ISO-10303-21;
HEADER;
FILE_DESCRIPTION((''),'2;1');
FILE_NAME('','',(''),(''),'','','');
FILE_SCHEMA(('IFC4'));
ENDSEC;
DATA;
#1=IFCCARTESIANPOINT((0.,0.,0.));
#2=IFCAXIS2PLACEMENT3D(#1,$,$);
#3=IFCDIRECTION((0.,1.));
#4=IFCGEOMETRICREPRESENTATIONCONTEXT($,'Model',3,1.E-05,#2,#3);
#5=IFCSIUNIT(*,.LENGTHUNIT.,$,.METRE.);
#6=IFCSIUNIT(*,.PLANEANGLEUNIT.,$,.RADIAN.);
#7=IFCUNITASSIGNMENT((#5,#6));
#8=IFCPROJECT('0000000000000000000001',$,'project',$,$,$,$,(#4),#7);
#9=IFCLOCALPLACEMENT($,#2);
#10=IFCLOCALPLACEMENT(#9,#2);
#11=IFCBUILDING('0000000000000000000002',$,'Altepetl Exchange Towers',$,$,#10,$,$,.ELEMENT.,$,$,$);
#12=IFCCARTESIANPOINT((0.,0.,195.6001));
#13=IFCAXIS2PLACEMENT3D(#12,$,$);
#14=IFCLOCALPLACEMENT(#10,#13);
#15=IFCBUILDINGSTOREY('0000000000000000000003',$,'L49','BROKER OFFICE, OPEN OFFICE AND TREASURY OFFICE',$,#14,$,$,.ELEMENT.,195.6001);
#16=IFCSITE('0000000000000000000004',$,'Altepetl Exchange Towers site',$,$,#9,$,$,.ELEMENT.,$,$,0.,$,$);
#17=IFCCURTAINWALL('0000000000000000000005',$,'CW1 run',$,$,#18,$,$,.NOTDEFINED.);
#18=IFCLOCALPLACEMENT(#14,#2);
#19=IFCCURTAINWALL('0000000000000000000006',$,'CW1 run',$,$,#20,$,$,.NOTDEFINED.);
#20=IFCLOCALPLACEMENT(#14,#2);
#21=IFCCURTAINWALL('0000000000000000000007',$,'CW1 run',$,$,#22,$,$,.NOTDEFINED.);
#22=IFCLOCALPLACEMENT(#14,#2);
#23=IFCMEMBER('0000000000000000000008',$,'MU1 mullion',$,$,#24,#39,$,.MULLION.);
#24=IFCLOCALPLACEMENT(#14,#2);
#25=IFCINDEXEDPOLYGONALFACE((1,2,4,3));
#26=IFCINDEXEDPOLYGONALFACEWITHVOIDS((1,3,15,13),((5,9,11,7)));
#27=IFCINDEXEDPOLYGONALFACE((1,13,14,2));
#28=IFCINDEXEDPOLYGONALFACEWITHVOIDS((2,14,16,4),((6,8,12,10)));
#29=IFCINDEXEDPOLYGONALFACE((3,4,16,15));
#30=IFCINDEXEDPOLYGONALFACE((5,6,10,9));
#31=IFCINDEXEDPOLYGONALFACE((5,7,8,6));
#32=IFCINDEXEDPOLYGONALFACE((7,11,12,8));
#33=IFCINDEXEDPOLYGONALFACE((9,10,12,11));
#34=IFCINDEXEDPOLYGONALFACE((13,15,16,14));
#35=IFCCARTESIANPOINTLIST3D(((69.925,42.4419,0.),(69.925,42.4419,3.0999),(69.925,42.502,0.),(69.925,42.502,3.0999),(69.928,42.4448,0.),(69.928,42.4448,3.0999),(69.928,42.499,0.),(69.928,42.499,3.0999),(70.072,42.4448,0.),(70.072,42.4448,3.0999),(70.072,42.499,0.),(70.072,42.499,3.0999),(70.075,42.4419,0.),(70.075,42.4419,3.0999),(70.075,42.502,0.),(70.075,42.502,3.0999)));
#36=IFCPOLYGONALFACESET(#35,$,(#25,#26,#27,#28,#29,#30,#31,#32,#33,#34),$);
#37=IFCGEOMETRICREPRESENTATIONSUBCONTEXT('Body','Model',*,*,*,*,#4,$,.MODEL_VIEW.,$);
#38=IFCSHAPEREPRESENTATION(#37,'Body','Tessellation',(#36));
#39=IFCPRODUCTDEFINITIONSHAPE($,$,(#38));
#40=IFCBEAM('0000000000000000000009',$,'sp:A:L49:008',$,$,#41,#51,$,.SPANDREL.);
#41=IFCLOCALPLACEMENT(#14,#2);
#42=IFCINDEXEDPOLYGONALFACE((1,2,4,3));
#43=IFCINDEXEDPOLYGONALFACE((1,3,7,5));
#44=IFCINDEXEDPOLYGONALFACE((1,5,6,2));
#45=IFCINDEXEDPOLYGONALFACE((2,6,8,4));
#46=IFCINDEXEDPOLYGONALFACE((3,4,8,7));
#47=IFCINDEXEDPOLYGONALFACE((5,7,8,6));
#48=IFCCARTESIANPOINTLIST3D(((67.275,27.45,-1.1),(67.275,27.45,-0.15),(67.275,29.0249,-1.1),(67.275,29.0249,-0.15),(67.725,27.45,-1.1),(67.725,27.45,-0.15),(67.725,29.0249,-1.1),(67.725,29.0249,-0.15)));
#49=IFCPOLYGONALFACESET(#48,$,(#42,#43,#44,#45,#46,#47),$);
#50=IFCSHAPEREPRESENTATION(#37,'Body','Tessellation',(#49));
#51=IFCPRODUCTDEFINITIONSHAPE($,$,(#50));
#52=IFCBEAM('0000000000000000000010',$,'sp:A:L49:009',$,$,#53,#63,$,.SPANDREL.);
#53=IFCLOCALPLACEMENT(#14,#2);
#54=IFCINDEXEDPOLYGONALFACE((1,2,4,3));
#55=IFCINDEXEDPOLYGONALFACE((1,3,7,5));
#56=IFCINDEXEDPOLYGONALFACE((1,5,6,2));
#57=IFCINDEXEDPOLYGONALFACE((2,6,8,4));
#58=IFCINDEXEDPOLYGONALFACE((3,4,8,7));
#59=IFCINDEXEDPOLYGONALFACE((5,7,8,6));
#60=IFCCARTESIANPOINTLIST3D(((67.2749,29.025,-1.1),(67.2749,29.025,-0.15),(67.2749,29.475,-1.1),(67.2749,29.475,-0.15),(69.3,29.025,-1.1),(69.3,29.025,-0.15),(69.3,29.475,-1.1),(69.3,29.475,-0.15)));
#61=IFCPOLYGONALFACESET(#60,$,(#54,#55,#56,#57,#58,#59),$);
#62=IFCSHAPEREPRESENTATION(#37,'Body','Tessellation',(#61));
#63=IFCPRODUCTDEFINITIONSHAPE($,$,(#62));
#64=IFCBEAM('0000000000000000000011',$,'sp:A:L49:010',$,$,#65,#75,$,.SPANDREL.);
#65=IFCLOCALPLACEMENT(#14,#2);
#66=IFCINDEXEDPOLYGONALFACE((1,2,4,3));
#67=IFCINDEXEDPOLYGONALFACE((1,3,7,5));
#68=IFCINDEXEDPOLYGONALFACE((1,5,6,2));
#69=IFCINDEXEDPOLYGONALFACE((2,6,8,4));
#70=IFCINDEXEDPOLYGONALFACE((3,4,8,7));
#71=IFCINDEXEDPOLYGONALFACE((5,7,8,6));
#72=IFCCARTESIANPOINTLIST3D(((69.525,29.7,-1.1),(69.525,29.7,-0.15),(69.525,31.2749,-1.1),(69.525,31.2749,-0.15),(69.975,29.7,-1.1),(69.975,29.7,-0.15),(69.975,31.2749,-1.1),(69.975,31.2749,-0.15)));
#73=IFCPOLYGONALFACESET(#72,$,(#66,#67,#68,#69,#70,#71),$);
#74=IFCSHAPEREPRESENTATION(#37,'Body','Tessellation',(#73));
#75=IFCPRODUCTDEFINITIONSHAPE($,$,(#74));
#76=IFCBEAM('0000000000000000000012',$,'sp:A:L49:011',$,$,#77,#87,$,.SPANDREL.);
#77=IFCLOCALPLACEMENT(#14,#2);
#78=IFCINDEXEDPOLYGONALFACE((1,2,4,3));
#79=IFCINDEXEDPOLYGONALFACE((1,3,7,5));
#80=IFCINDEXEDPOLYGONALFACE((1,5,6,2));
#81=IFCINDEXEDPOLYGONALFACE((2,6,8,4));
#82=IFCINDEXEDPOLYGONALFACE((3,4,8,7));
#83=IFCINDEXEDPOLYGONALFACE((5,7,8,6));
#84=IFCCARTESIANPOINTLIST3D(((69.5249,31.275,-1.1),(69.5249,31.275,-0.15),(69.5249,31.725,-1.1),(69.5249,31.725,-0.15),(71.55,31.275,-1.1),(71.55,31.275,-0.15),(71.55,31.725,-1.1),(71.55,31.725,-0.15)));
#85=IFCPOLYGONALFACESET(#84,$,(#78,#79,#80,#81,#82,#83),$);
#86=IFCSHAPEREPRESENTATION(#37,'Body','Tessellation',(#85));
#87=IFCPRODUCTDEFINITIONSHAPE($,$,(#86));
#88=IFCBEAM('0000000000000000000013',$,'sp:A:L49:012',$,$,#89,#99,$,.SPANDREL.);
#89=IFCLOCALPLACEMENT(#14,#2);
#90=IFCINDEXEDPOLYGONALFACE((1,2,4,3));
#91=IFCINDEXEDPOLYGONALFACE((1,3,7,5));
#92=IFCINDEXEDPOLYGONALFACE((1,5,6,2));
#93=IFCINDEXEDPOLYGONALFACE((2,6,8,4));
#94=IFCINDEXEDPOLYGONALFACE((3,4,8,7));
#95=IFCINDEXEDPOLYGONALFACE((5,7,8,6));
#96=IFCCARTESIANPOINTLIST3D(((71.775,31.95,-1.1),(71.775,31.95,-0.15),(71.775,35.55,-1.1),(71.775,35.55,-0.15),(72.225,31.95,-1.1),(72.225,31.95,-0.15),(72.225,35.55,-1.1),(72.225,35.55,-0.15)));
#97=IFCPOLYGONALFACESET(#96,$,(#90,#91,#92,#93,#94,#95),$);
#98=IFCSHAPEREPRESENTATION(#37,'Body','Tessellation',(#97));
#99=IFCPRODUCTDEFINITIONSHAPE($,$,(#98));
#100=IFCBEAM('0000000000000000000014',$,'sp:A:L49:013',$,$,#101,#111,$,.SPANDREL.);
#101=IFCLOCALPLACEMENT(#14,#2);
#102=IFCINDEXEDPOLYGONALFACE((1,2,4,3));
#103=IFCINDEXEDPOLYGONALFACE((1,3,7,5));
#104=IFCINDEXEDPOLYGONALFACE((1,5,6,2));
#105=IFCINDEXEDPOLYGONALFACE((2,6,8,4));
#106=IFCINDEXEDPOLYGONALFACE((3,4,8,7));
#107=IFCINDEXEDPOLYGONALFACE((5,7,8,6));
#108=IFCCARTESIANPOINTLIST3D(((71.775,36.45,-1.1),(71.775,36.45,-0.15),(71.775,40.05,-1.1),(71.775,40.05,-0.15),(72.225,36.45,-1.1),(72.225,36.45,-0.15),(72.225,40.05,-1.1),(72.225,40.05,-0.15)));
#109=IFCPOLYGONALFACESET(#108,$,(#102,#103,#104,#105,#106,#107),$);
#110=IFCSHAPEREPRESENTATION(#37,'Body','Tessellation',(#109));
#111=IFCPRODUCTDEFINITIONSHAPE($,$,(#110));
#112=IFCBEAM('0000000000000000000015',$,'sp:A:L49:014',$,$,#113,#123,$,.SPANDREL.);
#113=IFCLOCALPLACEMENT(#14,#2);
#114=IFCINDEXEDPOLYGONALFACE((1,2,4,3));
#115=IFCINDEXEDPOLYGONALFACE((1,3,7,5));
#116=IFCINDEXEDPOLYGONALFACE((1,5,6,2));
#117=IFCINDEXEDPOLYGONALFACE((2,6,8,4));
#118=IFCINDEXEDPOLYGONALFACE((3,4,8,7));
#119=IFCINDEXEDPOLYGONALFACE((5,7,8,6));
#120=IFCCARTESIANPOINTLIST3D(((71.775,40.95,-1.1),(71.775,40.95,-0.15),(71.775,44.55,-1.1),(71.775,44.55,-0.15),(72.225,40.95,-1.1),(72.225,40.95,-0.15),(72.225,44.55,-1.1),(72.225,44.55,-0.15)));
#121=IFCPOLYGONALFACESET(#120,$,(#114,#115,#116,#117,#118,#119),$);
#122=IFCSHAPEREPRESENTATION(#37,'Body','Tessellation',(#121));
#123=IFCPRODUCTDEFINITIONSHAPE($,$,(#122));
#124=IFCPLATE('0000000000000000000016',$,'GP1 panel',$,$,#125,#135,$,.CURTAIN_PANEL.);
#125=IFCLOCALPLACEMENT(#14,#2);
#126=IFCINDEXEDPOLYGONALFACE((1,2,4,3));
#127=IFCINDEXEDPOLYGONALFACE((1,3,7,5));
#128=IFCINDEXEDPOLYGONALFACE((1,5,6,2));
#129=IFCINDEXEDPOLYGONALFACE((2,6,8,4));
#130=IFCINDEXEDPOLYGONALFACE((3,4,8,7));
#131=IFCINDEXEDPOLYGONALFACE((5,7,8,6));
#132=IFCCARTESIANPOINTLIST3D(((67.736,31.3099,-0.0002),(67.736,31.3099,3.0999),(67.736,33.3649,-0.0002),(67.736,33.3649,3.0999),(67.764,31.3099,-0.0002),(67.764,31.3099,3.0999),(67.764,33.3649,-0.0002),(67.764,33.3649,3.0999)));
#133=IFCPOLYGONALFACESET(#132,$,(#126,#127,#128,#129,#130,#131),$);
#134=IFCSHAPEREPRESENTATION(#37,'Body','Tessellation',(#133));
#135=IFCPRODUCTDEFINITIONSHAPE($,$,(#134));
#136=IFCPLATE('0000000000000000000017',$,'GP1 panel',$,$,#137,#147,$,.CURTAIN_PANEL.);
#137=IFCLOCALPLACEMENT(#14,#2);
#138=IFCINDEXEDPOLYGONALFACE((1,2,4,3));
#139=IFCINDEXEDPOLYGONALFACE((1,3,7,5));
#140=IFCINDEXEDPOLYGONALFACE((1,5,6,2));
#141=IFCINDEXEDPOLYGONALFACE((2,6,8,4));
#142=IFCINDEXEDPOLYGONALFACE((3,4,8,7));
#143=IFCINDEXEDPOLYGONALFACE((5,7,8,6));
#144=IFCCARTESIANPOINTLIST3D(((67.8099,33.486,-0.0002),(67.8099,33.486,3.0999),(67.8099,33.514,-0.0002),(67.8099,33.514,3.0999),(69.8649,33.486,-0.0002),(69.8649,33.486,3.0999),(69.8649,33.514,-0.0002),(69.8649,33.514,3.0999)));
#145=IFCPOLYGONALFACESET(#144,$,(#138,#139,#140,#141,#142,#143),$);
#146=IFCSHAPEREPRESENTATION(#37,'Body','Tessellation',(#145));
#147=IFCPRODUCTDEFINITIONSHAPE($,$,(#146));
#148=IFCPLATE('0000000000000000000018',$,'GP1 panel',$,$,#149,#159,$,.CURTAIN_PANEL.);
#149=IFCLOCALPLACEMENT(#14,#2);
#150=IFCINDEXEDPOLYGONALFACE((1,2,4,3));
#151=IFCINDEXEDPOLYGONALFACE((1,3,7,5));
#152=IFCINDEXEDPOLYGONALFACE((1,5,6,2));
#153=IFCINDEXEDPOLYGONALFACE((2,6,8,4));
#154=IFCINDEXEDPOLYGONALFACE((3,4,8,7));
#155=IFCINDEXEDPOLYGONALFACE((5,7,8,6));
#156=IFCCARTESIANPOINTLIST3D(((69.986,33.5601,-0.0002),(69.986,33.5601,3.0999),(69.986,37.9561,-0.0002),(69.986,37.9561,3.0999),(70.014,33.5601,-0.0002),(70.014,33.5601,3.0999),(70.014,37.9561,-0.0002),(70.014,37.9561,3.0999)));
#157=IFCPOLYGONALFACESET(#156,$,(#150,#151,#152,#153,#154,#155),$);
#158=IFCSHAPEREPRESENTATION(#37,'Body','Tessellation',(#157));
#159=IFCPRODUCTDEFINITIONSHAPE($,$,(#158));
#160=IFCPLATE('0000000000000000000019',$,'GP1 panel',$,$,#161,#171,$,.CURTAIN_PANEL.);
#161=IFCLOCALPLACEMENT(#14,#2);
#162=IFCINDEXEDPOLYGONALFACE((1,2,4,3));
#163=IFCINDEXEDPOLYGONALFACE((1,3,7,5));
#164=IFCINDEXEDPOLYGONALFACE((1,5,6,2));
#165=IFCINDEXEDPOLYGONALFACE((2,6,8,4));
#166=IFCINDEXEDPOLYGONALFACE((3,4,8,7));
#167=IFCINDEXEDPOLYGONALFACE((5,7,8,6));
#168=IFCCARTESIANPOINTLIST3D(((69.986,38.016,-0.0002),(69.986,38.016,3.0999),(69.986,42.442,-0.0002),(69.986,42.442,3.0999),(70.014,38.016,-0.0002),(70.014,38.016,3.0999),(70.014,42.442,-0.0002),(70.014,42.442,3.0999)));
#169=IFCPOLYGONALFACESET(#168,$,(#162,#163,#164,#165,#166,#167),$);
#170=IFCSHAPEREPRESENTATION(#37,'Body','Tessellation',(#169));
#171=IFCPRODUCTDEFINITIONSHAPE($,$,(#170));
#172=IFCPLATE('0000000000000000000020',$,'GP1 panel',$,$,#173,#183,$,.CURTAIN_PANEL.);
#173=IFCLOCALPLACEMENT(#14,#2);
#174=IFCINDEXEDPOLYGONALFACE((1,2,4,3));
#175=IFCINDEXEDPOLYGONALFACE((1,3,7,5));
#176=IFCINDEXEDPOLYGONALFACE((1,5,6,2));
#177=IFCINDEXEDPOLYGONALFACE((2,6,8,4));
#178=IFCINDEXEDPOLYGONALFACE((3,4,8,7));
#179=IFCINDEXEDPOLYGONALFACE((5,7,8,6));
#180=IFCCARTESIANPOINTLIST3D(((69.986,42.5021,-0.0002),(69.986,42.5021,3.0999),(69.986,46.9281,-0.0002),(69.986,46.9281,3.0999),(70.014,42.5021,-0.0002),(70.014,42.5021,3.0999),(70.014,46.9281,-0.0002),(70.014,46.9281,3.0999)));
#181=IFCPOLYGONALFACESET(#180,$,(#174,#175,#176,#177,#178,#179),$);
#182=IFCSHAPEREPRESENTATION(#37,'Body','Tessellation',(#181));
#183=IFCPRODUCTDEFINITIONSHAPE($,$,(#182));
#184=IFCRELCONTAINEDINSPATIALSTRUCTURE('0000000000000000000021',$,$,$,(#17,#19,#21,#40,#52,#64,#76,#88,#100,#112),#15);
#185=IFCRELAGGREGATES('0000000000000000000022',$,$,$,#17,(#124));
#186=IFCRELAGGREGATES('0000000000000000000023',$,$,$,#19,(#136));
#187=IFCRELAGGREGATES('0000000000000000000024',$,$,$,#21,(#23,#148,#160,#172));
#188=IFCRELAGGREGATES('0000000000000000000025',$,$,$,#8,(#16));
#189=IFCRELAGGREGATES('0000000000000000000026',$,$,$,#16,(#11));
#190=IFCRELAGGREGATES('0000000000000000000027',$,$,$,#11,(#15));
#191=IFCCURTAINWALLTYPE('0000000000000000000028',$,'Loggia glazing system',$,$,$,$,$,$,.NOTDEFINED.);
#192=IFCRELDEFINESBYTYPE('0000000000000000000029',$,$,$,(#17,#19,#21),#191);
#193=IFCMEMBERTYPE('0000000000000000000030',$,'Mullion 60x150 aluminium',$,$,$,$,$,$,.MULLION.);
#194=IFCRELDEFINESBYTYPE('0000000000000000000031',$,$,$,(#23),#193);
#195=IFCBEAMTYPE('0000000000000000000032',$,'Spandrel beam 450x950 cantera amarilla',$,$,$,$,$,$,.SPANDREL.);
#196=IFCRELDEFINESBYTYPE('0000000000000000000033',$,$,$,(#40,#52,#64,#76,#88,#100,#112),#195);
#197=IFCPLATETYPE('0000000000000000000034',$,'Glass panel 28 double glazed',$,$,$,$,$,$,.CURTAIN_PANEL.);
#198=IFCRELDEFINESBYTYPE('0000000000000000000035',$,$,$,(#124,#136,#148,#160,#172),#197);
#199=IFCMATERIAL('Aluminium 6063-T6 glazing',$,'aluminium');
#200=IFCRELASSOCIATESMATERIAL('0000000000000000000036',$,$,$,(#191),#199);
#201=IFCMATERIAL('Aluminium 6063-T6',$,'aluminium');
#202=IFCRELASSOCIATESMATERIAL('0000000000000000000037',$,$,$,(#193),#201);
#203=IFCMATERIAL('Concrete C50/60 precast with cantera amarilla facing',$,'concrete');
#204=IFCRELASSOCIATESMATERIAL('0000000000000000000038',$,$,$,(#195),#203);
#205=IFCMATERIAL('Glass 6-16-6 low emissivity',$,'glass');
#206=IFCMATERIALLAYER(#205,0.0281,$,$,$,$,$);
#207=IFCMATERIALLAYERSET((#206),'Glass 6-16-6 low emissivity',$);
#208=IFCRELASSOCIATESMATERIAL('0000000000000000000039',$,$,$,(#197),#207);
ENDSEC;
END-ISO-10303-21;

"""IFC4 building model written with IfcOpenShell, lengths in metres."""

from ifc_helpers import new_model, si_unit, direction, frame, origin, origin_2d, place, context, subcontext, project, spatial, rectangle, hollow_rectangle, extrude, material, layer, layer_set, material_profile, profile_set, type_object, element, aggregate, save


model = new_model("IFC4")

# Units and contexts
model_context = context("Model", 3, precision=1e-05, world=origin(), true_north=direction((0.0, 1.0)))
body_context = subcontext(model_context, "Body", "Model", "MODEL_VIEW")
ifc_project = project(units=[si_unit("LENGTHUNIT", "METRE"), si_unit("PLANEANGLEUNIT", "RADIAN")], contexts=[model_context])

# Site, building, storey
site_placement = place(None, origin())
site = spatial("IfcSite", under=ifc_project, at=site_placement, Name="Altepetl Exchange Towers site", CompositionType="ELEMENT", RefElevation=0.0)
building_placement = place(site_placement, origin())
building = spatial("IfcBuilding", under=site, at=building_placement, Name="Altepetl Exchange Towers", CompositionType="ELEMENT")
storey_placement = place(building_placement, frame((0.0, 0.0, 195.6001)))
storey = spatial("IfcBuildingStorey", under=building, at=storey_placement, Name="L49", Description="BROKER OFFICE, OPEN OFFICE AND TREASURY OFFICE", CompositionType="ELEMENT", Elevation=195.6001)

# Shared definitions
ifc_material_1 = material(Name="Aluminium 6063-T6 glazing", Category="aluminium")
curtain_wall_type = type_object("IfcCurtainWallType", Name="Loggia glazing system", PredefinedType="NOTDEFINED", material=ifc_material_1)
ifc_material_2 = material(Name="Aluminium 6063-T6", Category="aluminium")
ifc_material_profile_1 = material_profile(ifc_material_2, hollow_rectangle(XDim=0.0601, YDim=0.1499, WallThickness=0.0029, at=origin_2d()), Name="Mullion 60x150 aluminium")
ifc_profile_set_1 = profile_set([ifc_material_profile_1], Name="Aluminium 6063-T6")
member_type = type_object("IfcMemberType", Name="Mullion 60x150 aluminium", PredefinedType="MULLION", material=ifc_profile_set_1)

# Curtain walls, member
curtain_wall_1_placement = place(storey_placement, origin())
curtain_wall_1 = element("IfcCurtainWall", 1, at=curtain_wall_1_placement, inside=storey, type_object=curtain_wall_type, Name="CW1 run", PredefinedType="NOTDEFINED")
curtain_wall_2_placement = place(storey_placement, origin())
curtain_wall_2 = element("IfcCurtainWall", 2, at=curtain_wall_2_placement, inside=storey, type_object=curtain_wall_type, Name="CW1 run", PredefinedType="NOTDEFINED")
curtain_wall_3_placement = place(storey_placement, origin())
curtain_wall_3 = element("IfcCurtainWall", 3, at=curtain_wall_3_placement, inside=storey, type_object=curtain_wall_type, Name="CW1 run", PredefinedType="NOTDEFINED")
member_1_placement = place(storey_placement, frame((70.0, 42.4719, 0.0), z_axis=(0.0, 0.0, 1.0), x_axis=(0.0, 1.0, 0.0)))
member_1 = element("IfcMember", 4, at=member_1_placement, type_object=member_type, Name="MU1 mullion", PredefinedType="MULLION", context=body_context, shape_type="SweptSolid", body=[
    extrude(hollow_rectangle(XDim=0.0601, YDim=0.1499, WallThickness=0.0029, at=origin_2d()), origin(), (0.0, 0.0, 1.0), 3.0999),
])

# Beams
ifc_material_3 = material(Name="Concrete C50/60 precast with cantera amarilla facing", Category="concrete")
ifc_material_profile_2 = material_profile(ifc_material_3, rectangle(XDim=0.45, YDim=0.95, at=origin_2d()), Name="450 x 950")
ifc_profile_set_2 = profile_set([ifc_material_profile_2], Name="Concrete C50/60 precast with cantera amarilla facing")
beam_type = type_object("IfcBeamType", Name="Spandrel beam 450x950 cantera amarilla", PredefinedType="SPANDREL", material=ifc_profile_set_2)
beam_1_placement = place(storey_placement, frame((67.5, 27.45, -0.625), z_axis=(0.0, 1.0, 0.0), x_axis=(-1.0, 0.0, 0.0)))
element("IfcBeam", 5, at=beam_1_placement, inside=storey, type_object=beam_type, Name="sp:A:L49:008", PredefinedType="SPANDREL", context=body_context, shape_type="SweptSolid", body=[
    extrude(rectangle(XDim=0.45, YDim=0.95, at=origin_2d()), origin(), (0.0, 0.0, 1.0), 1.575),
])
beam_2_placement = place(storey_placement, frame((67.2749, 29.25, -0.625), z_axis=(1.0, 0.0, 0.0), x_axis=(0.0, 1.0, 0.0)))
element("IfcBeam", 6, at=beam_2_placement, inside=storey, type_object=beam_type, Name="sp:A:L49:009", PredefinedType="SPANDREL", context=body_context, shape_type="SweptSolid", body=[
    extrude(rectangle(XDim=0.45, YDim=0.95, at=origin_2d()), origin(), (0.0, 0.0, 1.0), 2.0251),
])
beam_3_placement = place(storey_placement, frame((69.75, 29.7, -0.625), z_axis=(0.0, 1.0, 0.0), x_axis=(-1.0, 0.0, 0.0)))
element("IfcBeam", 7, at=beam_3_placement, inside=storey, type_object=beam_type, Name="sp:A:L49:010", PredefinedType="SPANDREL", context=body_context, shape_type="SweptSolid", body=[
    extrude(rectangle(XDim=0.45, YDim=0.95, at=origin_2d()), origin(), (0.0, 0.0, 1.0), 1.575),
])
beam_4_placement = place(storey_placement, frame((69.5249, 31.5, -0.625), z_axis=(1.0, 0.0, 0.0), x_axis=(0.0, 1.0, 0.0)))
element("IfcBeam", 8, at=beam_4_placement, inside=storey, type_object=beam_type, Name="sp:A:L49:011", PredefinedType="SPANDREL", context=body_context, shape_type="SweptSolid", body=[
    extrude(rectangle(XDim=0.45, YDim=0.95, at=origin_2d()), origin(), (0.0, 0.0, 1.0), 2.0251),
])
for number, where, z_axis, x_axis, name in (
    (9, (72.0, 31.95, -0.625), (0.0, 1.0, 0.0), (-1.0, 0.0, 0.0), "sp:A:L49:012"),
    (10, (72.0, 36.45, -0.625), (0.0, 1.0, 0.0), (-1.0, 0.0, 0.0), "sp:A:L49:013"),
    (11, (72.0, 40.95, -0.625), (0.0, 1.0, 0.0), (-1.0, 0.0, 0.0), "sp:A:L49:014"),
):
    element("IfcBeam", number, at=place(storey_placement, frame(where, z_axis=z_axis, x_axis=x_axis)), inside=storey, type_object=beam_type, Name=name, PredefinedType="SPANDREL", context=body_context, shape_type="SweptSolid", body=[
        extrude(rectangle(XDim=0.45, YDim=0.95, at=origin_2d()), origin(), (0.0, 0.0, 1.0), 3.6001),
    ])

# Plates
ifc_material_4 = material(Name="Glass 6-16-6 low emissivity", Category="glass")
ifc_layer = layer(ifc_material_4, 0.0281)
ifc_layer_set = layer_set([ifc_layer], Name="Glass 6-16-6 low emissivity")
plate_type = type_object("IfcPlateType", Name="Glass panel 28 double glazed", PredefinedType="CURTAIN_PANEL", material=ifc_layer_set)
plate_1_placement = place(storey_placement, frame((67.75, 32.3374, -0.0002), z_axis=(0.0, 0.0, 1.0), x_axis=(0.0, 1.0, 0.0)))
plate_1 = element("IfcPlate", 12, at=plate_1_placement, type_object=plate_type, Name="GP1 panel", PredefinedType="CURTAIN_PANEL", context=body_context, shape_type="SweptSolid", body=[
    extrude(rectangle(XDim=2.0549, YDim=0.0281, at=origin_2d()), origin(), (0.0, 0.0, 1.0), 3.1001),
])
aggregate(curtain_wall_1, [plate_1])
plate_2_placement = place(storey_placement, frame((68.8374, 33.5, -0.0002)))
plate_2 = element("IfcPlate", 13, at=plate_2_placement, type_object=plate_type, Name="GP1 panel", PredefinedType="CURTAIN_PANEL", context=body_context, shape_type="SweptSolid", body=[
    extrude(rectangle(XDim=2.0549, YDim=0.0281, at=origin_2d()), origin(), (0.0, 0.0, 1.0), 3.1001),
])
aggregate(curtain_wall_2, [plate_2])
plate_3_placement = place(storey_placement, frame((70.0, 35.7581, -0.0002), z_axis=(0.0, 0.0, 1.0), x_axis=(0.0, 1.0, 0.0)))
plate_3 = element("IfcPlate", 14, at=plate_3_placement, type_object=plate_type, Name="GP1 panel", PredefinedType="CURTAIN_PANEL", context=body_context, shape_type="SweptSolid", body=[
    extrude(rectangle(XDim=4.396, YDim=0.0281, at=origin_2d()), origin(), (0.0, 0.0, 1.0), 3.1001),
])
plate_4_placement = place(storey_placement, frame((70.0, 40.229, -0.0002), z_axis=(0.0, 0.0, 1.0), x_axis=(0.0, 1.0, 0.0)))
plate_4 = element("IfcPlate", 15, at=plate_4_placement, type_object=plate_type, Name="GP1 panel", PredefinedType="CURTAIN_PANEL", context=body_context, shape_type="SweptSolid", body=[
    extrude(rectangle(XDim=4.426, YDim=0.0281, at=origin_2d()), origin(), (0.0, 0.0, 1.0), 3.1001),
])
plate_5_placement = place(storey_placement, frame((70.0, 44.7151, -0.0002), z_axis=(0.0, 0.0, 1.0), x_axis=(0.0, 1.0, 0.0)))
plate_5 = element("IfcPlate", 16, at=plate_5_placement, type_object=plate_type, Name="GP1 panel", PredefinedType="CURTAIN_PANEL", context=body_context, shape_type="SweptSolid", body=[
    extrude(rectangle(XDim=4.426, YDim=0.0281, at=origin_2d()), origin(), (0.0, 0.0, 1.0), 3.1001),
])
aggregate(curtain_wall_3, [member_1, plate_3, plate_4, plate_5])

save(model, "model.ifc")
